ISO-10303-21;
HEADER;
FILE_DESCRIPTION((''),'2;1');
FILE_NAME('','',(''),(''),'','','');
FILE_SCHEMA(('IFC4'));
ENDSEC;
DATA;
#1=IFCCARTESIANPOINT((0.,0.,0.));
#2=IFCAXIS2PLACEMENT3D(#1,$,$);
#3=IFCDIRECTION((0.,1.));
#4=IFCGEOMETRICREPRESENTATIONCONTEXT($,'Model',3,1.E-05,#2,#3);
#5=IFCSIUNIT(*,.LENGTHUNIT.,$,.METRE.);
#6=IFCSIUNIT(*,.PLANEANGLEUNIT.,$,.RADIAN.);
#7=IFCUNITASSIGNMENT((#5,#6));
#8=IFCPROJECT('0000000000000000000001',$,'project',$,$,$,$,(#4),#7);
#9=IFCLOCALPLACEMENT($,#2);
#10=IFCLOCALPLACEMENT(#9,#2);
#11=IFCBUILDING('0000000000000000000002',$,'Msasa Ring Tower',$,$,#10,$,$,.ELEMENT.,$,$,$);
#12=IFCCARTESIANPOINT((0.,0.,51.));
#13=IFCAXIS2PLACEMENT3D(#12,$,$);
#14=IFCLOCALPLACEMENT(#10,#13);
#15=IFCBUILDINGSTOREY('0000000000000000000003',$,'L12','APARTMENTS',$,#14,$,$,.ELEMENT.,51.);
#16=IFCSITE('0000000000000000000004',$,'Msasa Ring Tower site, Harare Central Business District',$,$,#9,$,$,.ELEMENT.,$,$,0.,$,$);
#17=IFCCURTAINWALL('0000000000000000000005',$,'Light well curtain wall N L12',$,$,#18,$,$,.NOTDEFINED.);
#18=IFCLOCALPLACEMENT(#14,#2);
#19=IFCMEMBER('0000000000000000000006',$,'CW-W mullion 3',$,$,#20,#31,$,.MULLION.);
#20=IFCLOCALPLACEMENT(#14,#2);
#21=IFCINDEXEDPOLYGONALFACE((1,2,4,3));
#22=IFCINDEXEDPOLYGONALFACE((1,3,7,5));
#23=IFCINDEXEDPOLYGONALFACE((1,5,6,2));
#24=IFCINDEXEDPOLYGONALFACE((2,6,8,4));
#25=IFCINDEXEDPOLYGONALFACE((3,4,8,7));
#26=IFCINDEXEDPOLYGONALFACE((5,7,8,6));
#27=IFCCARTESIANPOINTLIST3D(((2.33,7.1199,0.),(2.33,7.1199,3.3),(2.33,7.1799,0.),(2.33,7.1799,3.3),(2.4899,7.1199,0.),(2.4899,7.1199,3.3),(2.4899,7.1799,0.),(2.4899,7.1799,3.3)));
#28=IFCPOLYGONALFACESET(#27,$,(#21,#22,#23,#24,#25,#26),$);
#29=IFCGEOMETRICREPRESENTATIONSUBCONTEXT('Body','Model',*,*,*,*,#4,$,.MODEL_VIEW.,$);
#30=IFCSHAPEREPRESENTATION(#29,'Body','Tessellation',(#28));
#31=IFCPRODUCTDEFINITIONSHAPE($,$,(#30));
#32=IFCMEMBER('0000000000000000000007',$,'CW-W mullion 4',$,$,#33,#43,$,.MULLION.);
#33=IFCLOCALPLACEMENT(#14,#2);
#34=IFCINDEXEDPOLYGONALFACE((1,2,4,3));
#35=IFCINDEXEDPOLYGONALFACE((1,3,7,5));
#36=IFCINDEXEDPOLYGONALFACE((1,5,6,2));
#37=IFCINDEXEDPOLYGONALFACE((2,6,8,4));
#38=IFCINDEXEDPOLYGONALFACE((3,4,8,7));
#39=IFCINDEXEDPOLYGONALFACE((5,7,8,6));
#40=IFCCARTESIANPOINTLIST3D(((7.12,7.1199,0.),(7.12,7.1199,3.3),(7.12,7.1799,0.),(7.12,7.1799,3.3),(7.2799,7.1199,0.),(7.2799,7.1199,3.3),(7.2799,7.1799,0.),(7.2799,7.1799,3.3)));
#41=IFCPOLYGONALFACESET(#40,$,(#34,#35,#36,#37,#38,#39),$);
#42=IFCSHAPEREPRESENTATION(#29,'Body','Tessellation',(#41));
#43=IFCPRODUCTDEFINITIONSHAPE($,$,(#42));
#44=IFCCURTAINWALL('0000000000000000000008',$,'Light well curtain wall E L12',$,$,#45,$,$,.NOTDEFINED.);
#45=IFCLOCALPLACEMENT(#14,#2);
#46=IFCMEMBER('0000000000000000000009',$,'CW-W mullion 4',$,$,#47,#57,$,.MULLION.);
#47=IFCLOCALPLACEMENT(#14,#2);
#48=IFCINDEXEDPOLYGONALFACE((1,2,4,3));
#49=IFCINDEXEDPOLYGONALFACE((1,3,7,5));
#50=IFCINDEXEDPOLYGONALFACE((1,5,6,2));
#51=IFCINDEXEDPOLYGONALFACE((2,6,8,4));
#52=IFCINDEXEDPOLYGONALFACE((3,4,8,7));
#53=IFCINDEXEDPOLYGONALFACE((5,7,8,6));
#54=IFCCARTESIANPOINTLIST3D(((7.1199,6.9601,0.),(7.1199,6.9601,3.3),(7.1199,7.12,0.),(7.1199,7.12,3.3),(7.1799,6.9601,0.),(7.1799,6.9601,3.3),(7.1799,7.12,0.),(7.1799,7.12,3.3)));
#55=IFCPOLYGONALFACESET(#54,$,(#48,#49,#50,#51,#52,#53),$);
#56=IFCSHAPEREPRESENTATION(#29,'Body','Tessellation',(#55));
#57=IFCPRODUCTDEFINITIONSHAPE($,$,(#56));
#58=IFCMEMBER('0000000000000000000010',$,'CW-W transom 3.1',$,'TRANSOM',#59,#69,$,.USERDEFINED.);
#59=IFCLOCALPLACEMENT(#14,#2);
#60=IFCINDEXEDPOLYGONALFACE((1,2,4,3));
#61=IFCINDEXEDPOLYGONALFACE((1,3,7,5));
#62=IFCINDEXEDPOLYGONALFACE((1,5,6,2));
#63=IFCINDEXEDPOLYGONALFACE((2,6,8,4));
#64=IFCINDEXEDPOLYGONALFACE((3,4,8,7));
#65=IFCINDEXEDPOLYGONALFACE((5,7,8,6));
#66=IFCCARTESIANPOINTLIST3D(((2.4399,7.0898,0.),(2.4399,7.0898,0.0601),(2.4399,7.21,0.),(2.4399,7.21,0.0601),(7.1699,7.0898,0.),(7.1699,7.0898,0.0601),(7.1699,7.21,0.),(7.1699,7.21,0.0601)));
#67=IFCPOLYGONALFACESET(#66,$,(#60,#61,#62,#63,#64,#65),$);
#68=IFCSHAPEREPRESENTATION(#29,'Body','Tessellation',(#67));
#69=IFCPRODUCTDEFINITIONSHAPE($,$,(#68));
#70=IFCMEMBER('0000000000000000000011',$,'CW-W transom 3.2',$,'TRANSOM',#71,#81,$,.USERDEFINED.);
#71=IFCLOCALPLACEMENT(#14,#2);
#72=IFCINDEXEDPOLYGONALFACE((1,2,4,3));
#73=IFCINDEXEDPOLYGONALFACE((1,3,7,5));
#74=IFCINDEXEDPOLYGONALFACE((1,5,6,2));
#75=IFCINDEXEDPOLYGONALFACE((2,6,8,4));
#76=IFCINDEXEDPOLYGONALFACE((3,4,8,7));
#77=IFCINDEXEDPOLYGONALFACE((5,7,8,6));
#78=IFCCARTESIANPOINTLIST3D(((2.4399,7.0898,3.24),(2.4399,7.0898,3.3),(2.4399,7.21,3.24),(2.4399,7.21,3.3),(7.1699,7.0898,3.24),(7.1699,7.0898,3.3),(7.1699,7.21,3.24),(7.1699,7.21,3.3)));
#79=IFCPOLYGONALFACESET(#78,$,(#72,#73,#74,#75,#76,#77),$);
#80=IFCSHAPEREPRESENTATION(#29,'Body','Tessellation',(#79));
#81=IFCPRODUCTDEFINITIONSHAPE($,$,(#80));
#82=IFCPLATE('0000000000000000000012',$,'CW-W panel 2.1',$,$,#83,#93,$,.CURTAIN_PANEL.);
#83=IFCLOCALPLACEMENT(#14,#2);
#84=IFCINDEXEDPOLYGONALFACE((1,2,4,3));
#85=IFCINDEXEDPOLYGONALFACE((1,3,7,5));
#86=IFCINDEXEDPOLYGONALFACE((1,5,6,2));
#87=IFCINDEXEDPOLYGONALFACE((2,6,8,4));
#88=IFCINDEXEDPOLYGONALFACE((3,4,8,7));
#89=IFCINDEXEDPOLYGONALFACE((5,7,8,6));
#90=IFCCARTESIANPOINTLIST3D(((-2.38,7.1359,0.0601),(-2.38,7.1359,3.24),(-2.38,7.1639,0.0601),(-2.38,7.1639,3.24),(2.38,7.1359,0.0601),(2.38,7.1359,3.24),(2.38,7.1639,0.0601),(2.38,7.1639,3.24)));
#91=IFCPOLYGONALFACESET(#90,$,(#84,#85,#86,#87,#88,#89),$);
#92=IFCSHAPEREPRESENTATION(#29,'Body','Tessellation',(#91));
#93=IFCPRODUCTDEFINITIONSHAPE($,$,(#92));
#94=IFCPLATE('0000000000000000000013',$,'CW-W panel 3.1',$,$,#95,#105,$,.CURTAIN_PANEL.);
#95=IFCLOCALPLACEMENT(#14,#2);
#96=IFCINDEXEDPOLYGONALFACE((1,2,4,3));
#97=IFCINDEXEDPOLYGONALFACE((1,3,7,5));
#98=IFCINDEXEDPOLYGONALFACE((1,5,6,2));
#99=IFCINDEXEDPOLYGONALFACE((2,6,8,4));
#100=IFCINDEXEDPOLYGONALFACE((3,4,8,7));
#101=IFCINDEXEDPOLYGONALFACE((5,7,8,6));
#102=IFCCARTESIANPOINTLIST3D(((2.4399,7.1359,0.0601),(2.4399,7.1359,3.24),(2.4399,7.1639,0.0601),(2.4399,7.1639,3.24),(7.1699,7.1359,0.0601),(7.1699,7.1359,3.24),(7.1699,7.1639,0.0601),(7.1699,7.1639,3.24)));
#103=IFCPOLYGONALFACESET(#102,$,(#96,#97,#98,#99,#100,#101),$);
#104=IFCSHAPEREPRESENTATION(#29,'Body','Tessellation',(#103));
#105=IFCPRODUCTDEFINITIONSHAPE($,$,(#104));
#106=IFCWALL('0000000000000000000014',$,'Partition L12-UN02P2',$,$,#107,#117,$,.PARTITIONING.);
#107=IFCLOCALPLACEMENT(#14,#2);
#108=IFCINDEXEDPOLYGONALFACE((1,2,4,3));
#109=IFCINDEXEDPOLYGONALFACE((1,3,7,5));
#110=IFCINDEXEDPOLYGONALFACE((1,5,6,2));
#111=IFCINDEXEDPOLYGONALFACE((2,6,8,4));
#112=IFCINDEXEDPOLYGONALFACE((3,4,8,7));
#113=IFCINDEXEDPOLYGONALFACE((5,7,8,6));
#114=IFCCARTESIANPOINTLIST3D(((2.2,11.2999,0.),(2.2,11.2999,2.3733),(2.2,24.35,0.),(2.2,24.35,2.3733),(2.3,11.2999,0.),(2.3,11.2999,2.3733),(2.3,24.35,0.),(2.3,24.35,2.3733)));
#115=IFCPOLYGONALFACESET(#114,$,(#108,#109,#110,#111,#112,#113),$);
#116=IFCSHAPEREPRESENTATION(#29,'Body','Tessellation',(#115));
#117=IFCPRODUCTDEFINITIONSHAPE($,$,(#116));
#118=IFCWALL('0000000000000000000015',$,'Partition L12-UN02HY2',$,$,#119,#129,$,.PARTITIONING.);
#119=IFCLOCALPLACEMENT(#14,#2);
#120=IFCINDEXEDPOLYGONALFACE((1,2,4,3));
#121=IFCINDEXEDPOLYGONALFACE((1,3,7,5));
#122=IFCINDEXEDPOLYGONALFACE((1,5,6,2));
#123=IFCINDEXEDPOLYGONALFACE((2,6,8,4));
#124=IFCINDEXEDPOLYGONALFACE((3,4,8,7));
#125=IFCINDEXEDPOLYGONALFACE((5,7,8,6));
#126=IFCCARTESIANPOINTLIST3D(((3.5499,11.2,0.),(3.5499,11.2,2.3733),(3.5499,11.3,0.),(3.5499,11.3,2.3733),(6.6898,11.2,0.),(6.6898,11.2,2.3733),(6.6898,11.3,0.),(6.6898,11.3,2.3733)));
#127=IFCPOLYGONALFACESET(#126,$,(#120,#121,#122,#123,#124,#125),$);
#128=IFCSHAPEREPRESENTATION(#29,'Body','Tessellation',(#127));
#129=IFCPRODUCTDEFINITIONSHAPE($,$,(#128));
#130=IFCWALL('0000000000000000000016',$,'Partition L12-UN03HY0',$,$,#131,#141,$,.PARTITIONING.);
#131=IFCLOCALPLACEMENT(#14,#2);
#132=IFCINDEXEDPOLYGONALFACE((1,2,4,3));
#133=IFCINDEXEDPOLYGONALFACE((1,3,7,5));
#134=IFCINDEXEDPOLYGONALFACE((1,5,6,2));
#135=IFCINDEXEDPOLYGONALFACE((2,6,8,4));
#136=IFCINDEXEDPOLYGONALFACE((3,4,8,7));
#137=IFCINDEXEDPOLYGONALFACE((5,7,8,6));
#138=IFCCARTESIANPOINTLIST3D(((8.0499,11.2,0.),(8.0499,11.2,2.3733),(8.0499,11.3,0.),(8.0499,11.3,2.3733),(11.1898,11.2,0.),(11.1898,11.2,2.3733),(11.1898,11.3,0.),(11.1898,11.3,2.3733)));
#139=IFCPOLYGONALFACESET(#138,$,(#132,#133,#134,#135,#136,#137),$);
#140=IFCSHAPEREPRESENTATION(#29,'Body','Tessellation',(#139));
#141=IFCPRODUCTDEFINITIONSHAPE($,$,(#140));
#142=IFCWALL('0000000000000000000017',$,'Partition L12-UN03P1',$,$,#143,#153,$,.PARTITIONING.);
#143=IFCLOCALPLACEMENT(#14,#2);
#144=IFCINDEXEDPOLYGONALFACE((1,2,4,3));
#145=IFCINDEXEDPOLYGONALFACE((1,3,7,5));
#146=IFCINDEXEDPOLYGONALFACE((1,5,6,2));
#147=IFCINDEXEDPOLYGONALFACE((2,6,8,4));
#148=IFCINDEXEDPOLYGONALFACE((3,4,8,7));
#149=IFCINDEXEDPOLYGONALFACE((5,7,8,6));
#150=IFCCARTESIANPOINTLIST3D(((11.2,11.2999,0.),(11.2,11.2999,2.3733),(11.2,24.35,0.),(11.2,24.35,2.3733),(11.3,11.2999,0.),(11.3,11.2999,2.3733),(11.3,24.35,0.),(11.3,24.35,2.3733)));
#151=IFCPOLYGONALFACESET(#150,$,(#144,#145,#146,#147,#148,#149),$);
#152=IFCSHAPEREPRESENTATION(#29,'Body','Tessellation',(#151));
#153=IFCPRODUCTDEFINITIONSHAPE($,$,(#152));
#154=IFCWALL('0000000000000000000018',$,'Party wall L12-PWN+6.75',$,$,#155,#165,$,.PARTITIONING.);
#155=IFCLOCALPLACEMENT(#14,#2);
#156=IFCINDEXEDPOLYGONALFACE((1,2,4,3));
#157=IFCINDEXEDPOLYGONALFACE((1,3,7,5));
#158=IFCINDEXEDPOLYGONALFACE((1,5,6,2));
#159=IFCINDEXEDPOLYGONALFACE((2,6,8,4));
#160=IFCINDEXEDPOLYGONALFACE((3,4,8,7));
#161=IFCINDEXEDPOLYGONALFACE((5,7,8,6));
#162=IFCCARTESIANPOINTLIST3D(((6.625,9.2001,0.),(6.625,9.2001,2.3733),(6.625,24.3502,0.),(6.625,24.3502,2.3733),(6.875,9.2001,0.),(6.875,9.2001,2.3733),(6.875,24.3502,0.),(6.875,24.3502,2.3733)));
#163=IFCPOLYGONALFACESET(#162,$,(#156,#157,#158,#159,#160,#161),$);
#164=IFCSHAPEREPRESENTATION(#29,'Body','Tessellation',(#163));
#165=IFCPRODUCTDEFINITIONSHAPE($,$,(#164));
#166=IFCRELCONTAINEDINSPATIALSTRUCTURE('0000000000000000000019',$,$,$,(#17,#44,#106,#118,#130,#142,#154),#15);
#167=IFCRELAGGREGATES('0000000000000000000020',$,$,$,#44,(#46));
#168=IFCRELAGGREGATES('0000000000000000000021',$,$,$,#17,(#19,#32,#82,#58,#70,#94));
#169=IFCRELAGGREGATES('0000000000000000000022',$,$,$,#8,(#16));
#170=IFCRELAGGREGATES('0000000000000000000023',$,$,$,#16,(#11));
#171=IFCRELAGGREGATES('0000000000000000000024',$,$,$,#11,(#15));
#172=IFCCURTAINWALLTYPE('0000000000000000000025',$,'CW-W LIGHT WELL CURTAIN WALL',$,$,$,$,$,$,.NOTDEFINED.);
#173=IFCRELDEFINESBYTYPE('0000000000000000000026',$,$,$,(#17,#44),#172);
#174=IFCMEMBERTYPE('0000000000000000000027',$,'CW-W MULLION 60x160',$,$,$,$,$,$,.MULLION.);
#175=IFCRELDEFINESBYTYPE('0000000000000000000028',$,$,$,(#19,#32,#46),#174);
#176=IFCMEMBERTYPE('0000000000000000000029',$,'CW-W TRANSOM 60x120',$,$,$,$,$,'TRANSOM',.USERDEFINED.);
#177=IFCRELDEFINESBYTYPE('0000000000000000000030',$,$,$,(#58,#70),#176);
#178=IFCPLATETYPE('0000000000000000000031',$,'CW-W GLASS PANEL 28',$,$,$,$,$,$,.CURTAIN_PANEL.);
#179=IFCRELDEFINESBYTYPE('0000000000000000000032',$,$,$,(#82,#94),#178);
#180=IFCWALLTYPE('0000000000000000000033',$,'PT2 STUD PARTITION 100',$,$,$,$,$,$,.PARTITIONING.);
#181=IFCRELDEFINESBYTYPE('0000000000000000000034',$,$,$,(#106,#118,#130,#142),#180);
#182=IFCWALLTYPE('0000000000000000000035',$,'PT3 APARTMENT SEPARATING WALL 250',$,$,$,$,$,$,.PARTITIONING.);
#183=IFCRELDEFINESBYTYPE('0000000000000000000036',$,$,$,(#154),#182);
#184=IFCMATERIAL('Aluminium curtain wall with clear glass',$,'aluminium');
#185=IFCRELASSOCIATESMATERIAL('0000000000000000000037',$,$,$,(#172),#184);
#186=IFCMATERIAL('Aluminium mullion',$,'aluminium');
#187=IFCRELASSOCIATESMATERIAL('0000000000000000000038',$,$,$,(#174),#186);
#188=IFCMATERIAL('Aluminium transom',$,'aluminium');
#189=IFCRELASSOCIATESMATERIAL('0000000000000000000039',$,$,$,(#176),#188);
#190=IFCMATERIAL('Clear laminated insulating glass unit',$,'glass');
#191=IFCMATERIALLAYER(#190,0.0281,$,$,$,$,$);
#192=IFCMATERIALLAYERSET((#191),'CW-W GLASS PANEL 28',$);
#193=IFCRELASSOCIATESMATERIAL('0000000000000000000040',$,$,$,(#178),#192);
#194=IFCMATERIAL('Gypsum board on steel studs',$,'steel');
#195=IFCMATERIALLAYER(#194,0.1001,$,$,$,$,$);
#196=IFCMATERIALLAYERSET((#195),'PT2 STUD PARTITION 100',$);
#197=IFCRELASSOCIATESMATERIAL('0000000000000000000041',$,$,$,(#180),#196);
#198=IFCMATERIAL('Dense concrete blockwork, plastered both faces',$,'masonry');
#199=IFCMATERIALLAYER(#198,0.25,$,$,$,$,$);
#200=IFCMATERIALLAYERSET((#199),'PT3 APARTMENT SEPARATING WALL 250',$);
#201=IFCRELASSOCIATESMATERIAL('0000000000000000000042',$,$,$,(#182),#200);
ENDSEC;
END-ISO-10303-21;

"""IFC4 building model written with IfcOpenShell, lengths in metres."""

from ifc_helpers import new_model, si_unit, direction, frame, frame_2d, origin, origin_2d, place, context, subcontext, project, spatial, rectangle, extrude, material, layer, layer_set, material_profile, profile_set, type_object, element, aggregate, save


model = new_model("IFC4")

# Units and contexts
model_context = context("Model", 3, precision=1e-05, world=origin(), true_north=direction((0.0, 1.0)))
body_context = subcontext(model_context, "Body", "Model", "MODEL_VIEW")
ifc_project = project(units=[si_unit("LENGTHUNIT", "METRE"), si_unit("PLANEANGLEUNIT", "RADIAN")], contexts=[model_context])

# Site, building, storey
site_placement = place(None, origin())
site = spatial("IfcSite", under=ifc_project, at=site_placement, Name="Msasa Ring Tower site, Harare Central Business District", CompositionType="ELEMENT", RefElevation=0.0)
building_placement = place(site_placement, origin())
building = spatial("IfcBuilding", under=site, at=building_placement, Name="Msasa Ring Tower", CompositionType="ELEMENT")
storey_placement = place(building_placement, frame((0.0, 0.0, 51.0)))
storey = spatial("IfcBuildingStorey", under=building, at=storey_placement, Name="L12", Description="APARTMENTS", CompositionType="ELEMENT", Elevation=51.0)

# Curtain wall, members
ifc_material_1 = material(Name="Aluminium curtain wall with clear glass", Category="aluminium")
curtain_wall_type = type_object("IfcCurtainWallType", Name="CW-W LIGHT WELL CURTAIN WALL", PredefinedType="NOTDEFINED", material=ifc_material_1)
curtain_wall_1_placement = place(storey_placement, origin())
curtain_wall_1 = element("IfcCurtainWall", 1, at=curtain_wall_1_placement, inside=storey, type_object=curtain_wall_type, Name="Light well curtain wall N L12", PredefinedType="NOTDEFINED")
ifc_material_2 = material(Name="Aluminium mullion", Category="aluminium")
ifc_material_profile_1 = material_profile(ifc_material_2, rectangle(XDim=0.0601, YDim=0.1599, at=origin_2d()), Name="AL 60x160")
ifc_profile_set_1 = profile_set([ifc_material_profile_1], Name="Aluminium mullion")
member_type_1 = type_object("IfcMemberType", Name="CW-W MULLION 60x160", PredefinedType="MULLION", material=ifc_profile_set_1)
member_1_placement = place(storey_placement, frame((2.4099, 7.1499, 0.0), z_axis=(0.0, 0.0, 1.0), x_axis=(0.0, 1.0, 0.0)))
member_1 = element("IfcMember", 2, at=member_1_placement, type_object=member_type_1, Name="CW-W mullion 3", PredefinedType="MULLION", context=body_context, shape_type="SweptSolid", body=[
    extrude(rectangle(XDim=0.0601, YDim=0.1599, at=origin_2d()), origin(), (0.0, 0.0, 1.0), 3.3),
])
member_2_placement = place(storey_placement, frame((7.2, 7.1499, 0.0), z_axis=(0.0, 0.0, 1.0), x_axis=(0.0, 1.0, 0.0)))
member_2 = element("IfcMember", 3, at=member_2_placement, type_object=member_type_1, Name="CW-W mullion 4", PredefinedType="MULLION", context=body_context, shape_type="SweptSolid", body=[
    extrude(rectangle(XDim=0.0601, YDim=0.1599, at=origin_2d()), origin(), (0.0, 0.0, 1.0), 3.3),
])

# Curtain wall, member
curtain_wall_2_placement = place(storey_placement, origin())
curtain_wall_2 = element("IfcCurtainWall", 4, at=curtain_wall_2_placement, inside=storey, type_object=curtain_wall_type, Name="Light well curtain wall E L12", PredefinedType="NOTDEFINED")
member_3_placement = place(storey_placement, frame((7.1499, 7.04, 0.0), z_axis=(0.0, 0.0, 1.0), x_axis=(-1.0, 0.0, 0.0)))
member_3 = element("IfcMember", 5, at=member_3_placement, type_object=member_type_1, Name="CW-W mullion 4", PredefinedType="MULLION", context=body_context, shape_type="SweptSolid", body=[
    extrude(rectangle(XDim=0.0601, YDim=0.1599, at=origin_2d()), origin(), (0.0, 0.0, 1.0), 3.3),
])
aggregate(curtain_wall_2, [member_3])

# Members
ifc_material_3 = material(Name="Aluminium transom", Category="aluminium")
ifc_material_profile_2 = material_profile(ifc_material_3, rectangle(XDim=0.1201, YDim=0.0601, at=origin_2d()), Name="AL 60x120")
ifc_profile_set_2 = profile_set([ifc_material_profile_2], Name="Aluminium transom")
member_type_2 = type_object("IfcMemberType", Name="CW-W TRANSOM 60x120", ElementType="TRANSOM", PredefinedType="USERDEFINED", material=ifc_profile_set_2)
member_4_placement = place(storey_placement, frame((2.4399, 7.1499, 0.03), z_axis=(1.0, 0.0, 0.0), x_axis=(0.0, 1.0, 0.0)))
member_4 = element("IfcMember", 6, at=member_4_placement, type_object=member_type_2, Name="CW-W transom 3.1", ObjectType="TRANSOM", PredefinedType="USERDEFINED", context=body_context, shape_type="SweptSolid", body=[
    extrude(rectangle(XDim=0.1201, YDim=0.0601, at=origin_2d()), origin(), (0.0, 0.0, 1.0), 4.73),
])
member_5_placement = place(storey_placement, frame((2.4399, 7.1499, 3.27), z_axis=(1.0, 0.0, 0.0), x_axis=(0.0, 1.0, 0.0)))
member_5 = element("IfcMember", 7, at=member_5_placement, type_object=member_type_2, Name="CW-W transom 3.2", ObjectType="TRANSOM", PredefinedType="USERDEFINED", context=body_context, shape_type="SweptSolid", body=[
    extrude(rectangle(XDim=0.1201, YDim=0.0601, at=origin_2d()), origin(), (0.0, 0.0, 1.0), 4.73),
])

# Plates
ifc_material_4 = material(Name="Clear laminated insulating glass unit", Category="glass")
ifc_layer_1 = layer(ifc_material_4, 0.0281)
ifc_layer_set_1 = layer_set([ifc_layer_1], Name="CW-W GLASS PANEL 28")
plate_type = type_object("IfcPlateType", Name="CW-W GLASS PANEL 28", PredefinedType="CURTAIN_PANEL", material=ifc_layer_set_1)
plate_1_placement = place(storey_placement, frame((0.0, 7.1499, 0.0601), z_axis=(0.0, 0.0, 1.0), x_axis=(1.0, 0.0, 0.0)))
plate_1 = element("IfcPlate", 8, at=plate_1_placement, type_object=plate_type, Name="CW-W panel 2.1", PredefinedType="CURTAIN_PANEL", context=body_context, shape_type="SweptSolid", body=[
    extrude(rectangle(XDim=4.76, YDim=0.0281, at=origin_2d()), origin(), (0.0, 0.0, 1.0), 3.1799),
])
plate_2_placement = place(storey_placement, frame((4.8049, 7.1499, 0.0601), z_axis=(0.0, 0.0, 1.0), x_axis=(1.0, 0.0, 0.0)))
plate_2 = element("IfcPlate", 9, at=plate_2_placement, type_object=plate_type, Name="CW-W panel 3.1", PredefinedType="CURTAIN_PANEL", context=body_context, shape_type="SweptSolid", body=[
    extrude(rectangle(XDim=4.73, YDim=0.0281, at=origin_2d()), origin(), (0.0, 0.0, 1.0), 3.1799),
])
aggregate(curtain_wall_1, [member_1, member_2, plate_1, member_4, member_5, plate_2])

# Walls
ifc_material_5 = material(Name="Gypsum board on steel studs", Category="steel")
ifc_layer_2 = layer(ifc_material_5, 0.1001)
ifc_layer_set_2 = layer_set([ifc_layer_2], Name="PT2 STUD PARTITION 100")
wall_type_1 = type_object("IfcWallType", Name="PT2 STUD PARTITION 100", PredefinedType="PARTITIONING", material=ifc_layer_set_2)
wall_1_placement = place(storey_placement, frame((2.25, 11.3, 0.0), z_axis=(0.0, 0.0, 1.0), x_axis=(0.0, 1.0, 0.0)))
element("IfcWall", 10, at=wall_1_placement, inside=storey, type_object=wall_type_1, Name="Partition L12-UN02P2", PredefinedType="PARTITIONING", context=body_context, shape_type="SweptSolid", body=[
    extrude(rectangle(XDim=13.05, YDim=0.1001, at=frame_2d((6.5249, 0.0))), origin(), (0.0, 0.0, 1.0), 2.3733),
])
for number, where, z_axis, x_axis, name in (
    (11, (3.55, 11.25, 0.0), (0.0, 0.0, 1.0), (1.0, 0.0, 0.0), "Partition L12-UN02HY2"),
    (12, (8.05, 11.25, 0.0), (0.0, 0.0, 1.0), (1.0, 0.0, 0.0), "Partition L12-UN03HY0"),
):
    element("IfcWall", number, at=place(storey_placement, frame(where, z_axis=z_axis, x_axis=x_axis)), inside=storey, type_object=wall_type_1, Name=name, PredefinedType="PARTITIONING", context=body_context, shape_type="SweptSolid", body=[
        extrude(rectangle(XDim=3.1399, YDim=0.1001, at=frame_2d((1.5698, 0.0))), origin(), (0.0, 0.0, 1.0), 2.3733),
    ])
wall_2_placement = place(storey_placement, frame((11.25, 11.3, 0.0), z_axis=(0.0, 0.0, 1.0), x_axis=(0.0, 1.0, 0.0)))
element("IfcWall", 13, at=wall_2_placement, inside=storey, type_object=wall_type_1, Name="Partition L12-UN03P1", PredefinedType="PARTITIONING", context=body_context, shape_type="SweptSolid", body=[
    extrude(rectangle(XDim=13.05, YDim=0.1001, at=frame_2d((6.5249, 0.0))), origin(), (0.0, 0.0, 1.0), 2.3733),
])
ifc_material_6 = material(Name="Dense concrete blockwork, plastered both faces", Category="masonry")
ifc_layer_3 = layer(ifc_material_6, 0.25)
ifc_layer_set_3 = layer_set([ifc_layer_3], Name="PT3 APARTMENT SEPARATING WALL 250")
wall_type_2 = type_object("IfcWallType", Name="PT3 APARTMENT SEPARATING WALL 250", PredefinedType="PARTITIONING", material=ifc_layer_set_3)
wall_3_placement = place(storey_placement, frame((6.75, 9.2, 0.0), z_axis=(0.0, 0.0, 1.0), x_axis=(0.0, 1.0, 0.0)))
element("IfcWall", 14, at=wall_3_placement, inside=storey, type_object=wall_type_2, Name="Party wall L12-PWN+6.75", PredefinedType="PARTITIONING", context=body_context, shape_type="SweptSolid", body=[
    extrude(rectangle(XDim=15.1501, YDim=0.25, at=frame_2d((7.5752, 0.0))), origin(), (0.0, 0.0, 1.0), 2.3733),
])

save(model, "model.ifc")
